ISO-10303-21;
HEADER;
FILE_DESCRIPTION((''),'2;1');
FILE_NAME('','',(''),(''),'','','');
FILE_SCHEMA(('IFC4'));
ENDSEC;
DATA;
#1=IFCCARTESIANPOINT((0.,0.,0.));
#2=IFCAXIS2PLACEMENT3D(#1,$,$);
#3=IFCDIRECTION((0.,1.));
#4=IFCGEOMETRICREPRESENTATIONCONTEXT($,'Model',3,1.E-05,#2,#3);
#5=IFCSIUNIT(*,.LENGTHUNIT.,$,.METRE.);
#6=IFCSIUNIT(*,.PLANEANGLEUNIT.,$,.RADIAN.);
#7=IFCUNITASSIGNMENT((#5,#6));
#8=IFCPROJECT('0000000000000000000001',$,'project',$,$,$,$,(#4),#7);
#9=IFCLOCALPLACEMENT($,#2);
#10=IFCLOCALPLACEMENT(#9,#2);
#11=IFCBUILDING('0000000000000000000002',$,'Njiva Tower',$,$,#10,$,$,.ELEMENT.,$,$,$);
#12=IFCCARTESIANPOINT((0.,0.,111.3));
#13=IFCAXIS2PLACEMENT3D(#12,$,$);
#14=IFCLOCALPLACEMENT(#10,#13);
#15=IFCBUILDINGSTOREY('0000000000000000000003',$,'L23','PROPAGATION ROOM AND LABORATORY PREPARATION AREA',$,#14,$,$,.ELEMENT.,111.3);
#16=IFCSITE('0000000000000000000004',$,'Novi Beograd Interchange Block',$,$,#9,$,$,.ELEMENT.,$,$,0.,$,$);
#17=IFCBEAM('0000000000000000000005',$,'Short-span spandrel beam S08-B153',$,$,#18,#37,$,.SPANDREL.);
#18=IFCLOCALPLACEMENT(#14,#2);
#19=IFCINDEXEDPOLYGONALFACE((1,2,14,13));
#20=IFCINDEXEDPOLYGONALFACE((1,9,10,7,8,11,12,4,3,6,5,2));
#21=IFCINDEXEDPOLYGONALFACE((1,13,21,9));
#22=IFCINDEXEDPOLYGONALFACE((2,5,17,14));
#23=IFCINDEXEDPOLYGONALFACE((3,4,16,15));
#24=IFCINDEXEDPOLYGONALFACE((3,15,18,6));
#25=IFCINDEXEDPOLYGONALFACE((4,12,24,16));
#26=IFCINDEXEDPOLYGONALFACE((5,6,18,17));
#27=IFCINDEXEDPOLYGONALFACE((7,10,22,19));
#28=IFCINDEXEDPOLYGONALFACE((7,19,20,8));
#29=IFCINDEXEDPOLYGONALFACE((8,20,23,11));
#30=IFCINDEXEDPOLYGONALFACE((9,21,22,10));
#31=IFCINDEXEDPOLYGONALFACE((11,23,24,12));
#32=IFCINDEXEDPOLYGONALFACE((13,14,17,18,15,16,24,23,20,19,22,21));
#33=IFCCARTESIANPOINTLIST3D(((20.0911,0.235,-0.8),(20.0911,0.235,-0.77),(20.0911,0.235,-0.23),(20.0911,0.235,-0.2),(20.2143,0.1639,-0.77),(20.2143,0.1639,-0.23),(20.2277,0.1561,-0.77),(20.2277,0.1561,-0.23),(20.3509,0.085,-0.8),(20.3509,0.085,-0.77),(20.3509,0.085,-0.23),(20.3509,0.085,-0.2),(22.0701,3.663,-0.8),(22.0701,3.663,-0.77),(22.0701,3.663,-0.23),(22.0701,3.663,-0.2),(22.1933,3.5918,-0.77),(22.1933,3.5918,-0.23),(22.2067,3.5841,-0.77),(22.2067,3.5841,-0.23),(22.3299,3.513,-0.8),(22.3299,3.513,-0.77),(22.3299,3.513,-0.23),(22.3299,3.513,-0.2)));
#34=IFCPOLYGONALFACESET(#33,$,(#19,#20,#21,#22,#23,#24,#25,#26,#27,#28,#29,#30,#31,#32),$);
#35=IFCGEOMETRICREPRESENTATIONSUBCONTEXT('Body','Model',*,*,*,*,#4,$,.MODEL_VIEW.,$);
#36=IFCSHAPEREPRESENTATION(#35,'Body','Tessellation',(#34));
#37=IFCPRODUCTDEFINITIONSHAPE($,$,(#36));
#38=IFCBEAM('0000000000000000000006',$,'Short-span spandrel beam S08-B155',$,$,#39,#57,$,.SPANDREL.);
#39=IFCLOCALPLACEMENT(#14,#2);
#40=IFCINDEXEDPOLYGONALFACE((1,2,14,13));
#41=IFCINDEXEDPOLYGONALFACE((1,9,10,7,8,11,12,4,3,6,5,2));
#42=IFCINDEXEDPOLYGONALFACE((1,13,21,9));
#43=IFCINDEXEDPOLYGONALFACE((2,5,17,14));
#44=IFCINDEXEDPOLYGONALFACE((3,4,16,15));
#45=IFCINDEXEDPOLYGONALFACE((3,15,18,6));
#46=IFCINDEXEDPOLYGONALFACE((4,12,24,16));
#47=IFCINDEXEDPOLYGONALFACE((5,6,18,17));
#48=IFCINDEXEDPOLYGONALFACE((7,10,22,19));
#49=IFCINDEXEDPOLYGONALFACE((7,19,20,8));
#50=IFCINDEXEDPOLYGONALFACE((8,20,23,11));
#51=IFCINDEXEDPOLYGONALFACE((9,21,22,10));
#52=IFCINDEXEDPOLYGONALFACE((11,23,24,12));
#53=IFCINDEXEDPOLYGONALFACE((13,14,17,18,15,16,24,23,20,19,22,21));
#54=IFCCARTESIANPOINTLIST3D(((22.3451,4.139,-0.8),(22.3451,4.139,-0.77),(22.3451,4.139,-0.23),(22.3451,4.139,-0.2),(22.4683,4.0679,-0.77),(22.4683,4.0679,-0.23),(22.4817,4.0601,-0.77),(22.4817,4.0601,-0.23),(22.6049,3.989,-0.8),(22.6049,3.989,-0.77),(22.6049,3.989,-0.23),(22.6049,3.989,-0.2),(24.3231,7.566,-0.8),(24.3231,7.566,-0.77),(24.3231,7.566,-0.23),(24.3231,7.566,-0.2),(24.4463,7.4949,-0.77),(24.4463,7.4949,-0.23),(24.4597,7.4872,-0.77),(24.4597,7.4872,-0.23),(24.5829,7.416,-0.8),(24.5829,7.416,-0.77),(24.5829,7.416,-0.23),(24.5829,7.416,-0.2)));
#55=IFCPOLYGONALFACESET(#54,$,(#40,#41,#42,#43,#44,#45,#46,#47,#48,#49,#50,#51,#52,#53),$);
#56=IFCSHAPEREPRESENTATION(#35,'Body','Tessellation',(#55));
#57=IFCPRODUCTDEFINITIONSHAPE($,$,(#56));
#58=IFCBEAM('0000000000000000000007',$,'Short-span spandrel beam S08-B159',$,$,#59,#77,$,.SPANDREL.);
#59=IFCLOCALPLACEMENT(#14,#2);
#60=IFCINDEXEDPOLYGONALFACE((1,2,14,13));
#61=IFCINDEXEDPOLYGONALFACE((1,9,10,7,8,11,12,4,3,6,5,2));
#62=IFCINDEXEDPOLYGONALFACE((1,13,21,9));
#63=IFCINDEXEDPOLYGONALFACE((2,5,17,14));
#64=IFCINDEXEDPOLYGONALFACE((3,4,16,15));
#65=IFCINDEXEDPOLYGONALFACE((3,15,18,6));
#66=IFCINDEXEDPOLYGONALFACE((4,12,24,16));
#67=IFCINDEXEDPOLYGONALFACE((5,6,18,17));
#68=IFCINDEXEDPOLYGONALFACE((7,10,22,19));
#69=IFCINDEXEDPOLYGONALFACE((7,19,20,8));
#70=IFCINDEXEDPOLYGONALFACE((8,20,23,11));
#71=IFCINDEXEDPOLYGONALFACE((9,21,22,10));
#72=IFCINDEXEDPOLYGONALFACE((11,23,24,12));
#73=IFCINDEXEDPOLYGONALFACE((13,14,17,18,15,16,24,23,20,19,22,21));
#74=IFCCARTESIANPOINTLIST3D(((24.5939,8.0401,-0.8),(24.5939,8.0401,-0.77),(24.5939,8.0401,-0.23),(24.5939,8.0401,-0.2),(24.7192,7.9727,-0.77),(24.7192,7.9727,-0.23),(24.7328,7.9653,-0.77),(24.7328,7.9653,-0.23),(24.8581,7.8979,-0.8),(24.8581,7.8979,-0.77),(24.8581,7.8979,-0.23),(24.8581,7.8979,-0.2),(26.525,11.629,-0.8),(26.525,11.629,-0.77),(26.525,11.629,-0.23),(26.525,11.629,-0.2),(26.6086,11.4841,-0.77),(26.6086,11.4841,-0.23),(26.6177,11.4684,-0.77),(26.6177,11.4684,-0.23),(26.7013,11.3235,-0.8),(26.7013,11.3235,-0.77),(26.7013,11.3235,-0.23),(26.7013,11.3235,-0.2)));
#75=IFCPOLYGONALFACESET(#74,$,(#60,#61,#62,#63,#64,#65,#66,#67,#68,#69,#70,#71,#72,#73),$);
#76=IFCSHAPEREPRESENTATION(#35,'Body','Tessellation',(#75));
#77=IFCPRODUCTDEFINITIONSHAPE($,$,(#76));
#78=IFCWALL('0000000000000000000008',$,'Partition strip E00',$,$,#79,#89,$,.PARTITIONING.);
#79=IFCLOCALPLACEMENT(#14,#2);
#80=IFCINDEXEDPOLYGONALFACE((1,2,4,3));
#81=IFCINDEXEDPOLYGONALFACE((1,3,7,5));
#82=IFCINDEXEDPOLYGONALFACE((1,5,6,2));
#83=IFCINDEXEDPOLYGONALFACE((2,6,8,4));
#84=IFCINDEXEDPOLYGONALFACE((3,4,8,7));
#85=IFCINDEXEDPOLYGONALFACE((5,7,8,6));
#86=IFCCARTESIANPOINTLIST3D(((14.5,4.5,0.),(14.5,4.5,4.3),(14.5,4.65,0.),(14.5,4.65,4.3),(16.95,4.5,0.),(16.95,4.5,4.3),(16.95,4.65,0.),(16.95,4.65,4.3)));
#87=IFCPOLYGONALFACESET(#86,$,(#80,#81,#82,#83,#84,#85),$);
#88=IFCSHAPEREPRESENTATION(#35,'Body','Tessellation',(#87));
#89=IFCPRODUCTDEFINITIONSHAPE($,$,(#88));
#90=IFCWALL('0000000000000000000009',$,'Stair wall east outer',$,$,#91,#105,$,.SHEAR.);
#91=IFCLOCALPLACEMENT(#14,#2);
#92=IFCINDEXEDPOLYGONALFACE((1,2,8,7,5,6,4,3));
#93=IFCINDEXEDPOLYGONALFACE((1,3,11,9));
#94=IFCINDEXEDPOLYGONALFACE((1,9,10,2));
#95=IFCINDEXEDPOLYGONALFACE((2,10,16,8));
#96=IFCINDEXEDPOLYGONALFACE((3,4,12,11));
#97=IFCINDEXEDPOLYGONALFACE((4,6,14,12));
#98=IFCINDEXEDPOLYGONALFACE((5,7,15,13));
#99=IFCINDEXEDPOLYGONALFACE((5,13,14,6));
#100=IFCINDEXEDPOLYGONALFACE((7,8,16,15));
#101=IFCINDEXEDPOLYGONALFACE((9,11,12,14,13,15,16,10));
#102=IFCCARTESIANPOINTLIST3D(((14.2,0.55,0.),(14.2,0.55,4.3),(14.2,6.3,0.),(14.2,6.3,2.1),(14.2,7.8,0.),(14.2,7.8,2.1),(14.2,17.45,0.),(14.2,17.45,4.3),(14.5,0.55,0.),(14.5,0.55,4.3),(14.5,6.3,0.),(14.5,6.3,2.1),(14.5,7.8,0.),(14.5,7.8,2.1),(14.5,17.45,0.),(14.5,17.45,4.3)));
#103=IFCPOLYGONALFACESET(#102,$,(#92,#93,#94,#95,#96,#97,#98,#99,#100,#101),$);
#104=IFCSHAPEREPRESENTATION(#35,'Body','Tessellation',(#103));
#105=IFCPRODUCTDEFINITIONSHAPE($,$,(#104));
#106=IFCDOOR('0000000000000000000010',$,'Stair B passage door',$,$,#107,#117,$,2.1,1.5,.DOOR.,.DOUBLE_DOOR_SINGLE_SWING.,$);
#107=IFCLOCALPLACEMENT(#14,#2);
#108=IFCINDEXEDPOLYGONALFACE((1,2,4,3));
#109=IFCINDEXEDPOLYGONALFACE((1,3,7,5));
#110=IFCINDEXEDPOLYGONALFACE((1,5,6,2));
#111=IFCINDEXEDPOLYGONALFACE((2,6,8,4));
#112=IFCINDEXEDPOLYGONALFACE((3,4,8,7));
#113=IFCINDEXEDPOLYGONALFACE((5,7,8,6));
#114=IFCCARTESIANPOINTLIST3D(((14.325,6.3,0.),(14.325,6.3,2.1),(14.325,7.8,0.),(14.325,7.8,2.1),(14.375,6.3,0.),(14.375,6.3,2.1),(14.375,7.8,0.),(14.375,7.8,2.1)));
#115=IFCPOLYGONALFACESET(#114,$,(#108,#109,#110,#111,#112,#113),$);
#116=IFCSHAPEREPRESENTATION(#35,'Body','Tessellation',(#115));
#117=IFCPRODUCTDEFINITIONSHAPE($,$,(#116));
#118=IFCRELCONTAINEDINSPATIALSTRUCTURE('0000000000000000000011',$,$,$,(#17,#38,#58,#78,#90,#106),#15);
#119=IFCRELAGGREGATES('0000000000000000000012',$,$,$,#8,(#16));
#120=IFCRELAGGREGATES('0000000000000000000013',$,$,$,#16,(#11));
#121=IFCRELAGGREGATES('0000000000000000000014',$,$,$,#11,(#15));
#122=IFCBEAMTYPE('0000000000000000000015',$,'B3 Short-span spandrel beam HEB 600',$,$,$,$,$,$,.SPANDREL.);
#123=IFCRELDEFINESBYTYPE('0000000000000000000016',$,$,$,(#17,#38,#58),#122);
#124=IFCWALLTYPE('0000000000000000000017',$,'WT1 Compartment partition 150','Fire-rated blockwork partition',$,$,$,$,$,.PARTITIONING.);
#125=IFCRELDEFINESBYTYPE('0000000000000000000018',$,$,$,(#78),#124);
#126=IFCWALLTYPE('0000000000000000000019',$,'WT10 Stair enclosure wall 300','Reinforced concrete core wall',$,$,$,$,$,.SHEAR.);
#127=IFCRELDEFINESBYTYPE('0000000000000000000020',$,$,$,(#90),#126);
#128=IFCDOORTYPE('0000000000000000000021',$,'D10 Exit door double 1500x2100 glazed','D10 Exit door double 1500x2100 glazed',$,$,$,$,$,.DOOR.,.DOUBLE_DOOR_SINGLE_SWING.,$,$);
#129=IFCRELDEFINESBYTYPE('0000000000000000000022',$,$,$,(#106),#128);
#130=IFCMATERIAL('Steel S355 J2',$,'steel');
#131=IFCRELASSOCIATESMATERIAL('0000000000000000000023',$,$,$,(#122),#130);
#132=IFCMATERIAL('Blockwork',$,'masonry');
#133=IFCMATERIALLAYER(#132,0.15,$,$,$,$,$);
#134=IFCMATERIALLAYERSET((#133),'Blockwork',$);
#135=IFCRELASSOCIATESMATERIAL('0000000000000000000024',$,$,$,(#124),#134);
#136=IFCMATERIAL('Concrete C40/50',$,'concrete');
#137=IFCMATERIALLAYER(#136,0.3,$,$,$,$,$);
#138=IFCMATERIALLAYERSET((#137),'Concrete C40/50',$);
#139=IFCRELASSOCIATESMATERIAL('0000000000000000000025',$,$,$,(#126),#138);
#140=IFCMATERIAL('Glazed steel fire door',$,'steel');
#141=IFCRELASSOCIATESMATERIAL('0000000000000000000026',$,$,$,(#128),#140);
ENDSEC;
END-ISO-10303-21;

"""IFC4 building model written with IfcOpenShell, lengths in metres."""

from ifc_helpers import new_model, si_unit, direction, frame, frame_2d, origin, origin_2d, place, context, subcontext, project, spatial, rectangle, i_section, extrude, clip, halfspace, material, layer, layer_set, material_profile, profile_set, type_object, element, fill, save


model = new_model("IFC4")

# Units and contexts
model_context = context("Model", 3, precision=1e-05, world=origin(), true_north=direction((0.0, 1.0)))
body_context = subcontext(model_context, "Body", "Model", "MODEL_VIEW")
ifc_project = project(units=[si_unit("LENGTHUNIT", "METRE"), si_unit("PLANEANGLEUNIT", "RADIAN")], contexts=[model_context])

# Site, building, storey
site_placement = place(None, origin())
site = spatial("IfcSite", under=ifc_project, at=site_placement, Name="Novi Beograd Interchange Block", CompositionType="ELEMENT", RefElevation=0.0)
building_placement = place(site_placement, origin())
building = spatial("IfcBuilding", under=site, at=building_placement, Name="Njiva Tower", CompositionType="ELEMENT")
storey_placement = place(building_placement, frame((0.0, 0.0, 111.3)))
storey = spatial("IfcBuildingStorey", under=building, at=storey_placement, Name="L23", Description="PROPAGATION ROOM AND LABORATORY PREPARATION AREA", CompositionType="ELEMENT", Elevation=111.3)

# Shared definitions
ifc_material_1 = material(Name="Steel S355 J2", Category="steel")

# Beams
ifc_material_profile_1 = material_profile(ifc_material_1, i_section(OverallWidth=0.3, OverallDepth=0.6, WebThickness=0.0155, FlangeThickness=0.03, at=origin_2d()), Name="HEB 600")
ifc_profile_set_1 = profile_set([ifc_material_profile_1], Name="Steel S355 J2")
beam_type_1 = type_object("IfcBeamType", Name="B3 Short-span spandrel beam HEB 600", PredefinedType="SPANDREL", material=ifc_profile_set_1)
beam_1_placement = place(storey_placement, frame((20.221, 0.16, -0.5), z_axis=(0.49997, 0.866043, 0.0), x_axis=(-0.866043, 0.49997, 0.0)))
element("IfcBeam", 1, at=beam_1_placement, inside=storey, type_object=beam_type_1, Name="Short-span spandrel beam S08-B153", PredefinedType="SPANDREL", context=body_context, shape_type="SweptSolid", body=[
    extrude(i_section(OverallWidth=0.3, OverallDepth=0.6, WebThickness=0.0155, FlangeThickness=0.03, at=origin_2d()), origin(), (0.0, 0.0, 1.0), 3.9582),
])
beam_2_placement = place(storey_placement, frame((22.475, 4.064, -0.5), z_axis=(0.49989, 0.866089, 0.0), x_axis=(-0.866089, 0.49989, 0.0)))
element("IfcBeam", 2, at=beam_2_placement, inside=storey, type_object=beam_type_1, Name="Short-span spandrel beam S08-B155", PredefinedType="SPANDREL", context=body_context, shape_type="SweptSolid", body=[
    extrude(i_section(OverallWidth=0.3, OverallDepth=0.6, WebThickness=0.0155, FlangeThickness=0.03, at=origin_2d()), origin(), (0.0, 0.0, 1.0), 3.9569),
])
beam_3_placement = place(storey_placement, frame((24.726, 7.969, -0.5), z_axis=(0.47383, 0.880616, 0.0), x_axis=(-0.880616, 0.47383, 0.0)))
element("IfcBeam", 3, at=beam_3_placement, inside=storey, type_object=beam_type_1, Name="Short-span spandrel beam S08-B159", PredefinedType="SPANDREL", context=body_context, shape_type="Clipping", body=[
    clip(extrude(i_section(OverallWidth=0.3, OverallDepth=0.6, WebThickness=0.0155, FlangeThickness=0.03, at=origin_2d()), origin(), (0.0, 0.0, 1.0), 4.0954), halfspace(frame((-0.0261, 0.0, 3.9666), z_axis=(-0.525723, 0.0, 0.850656), x_axis=(0.0, 1.0, 0.0)), False)),
])

# Wall
ifc_material_2 = material(Name="Blockwork", Category="masonry")
ifc_layer_1 = layer(ifc_material_2, 0.15)
ifc_layer_set_1 = layer_set([ifc_layer_1], Name="Blockwork")
wall_type_1 = type_object("IfcWallType", Name="WT1 Compartment partition 150", Description="Fire-rated blockwork partition", PredefinedType="PARTITIONING", material=ifc_layer_set_1)
wall_1_placement = place(storey_placement, frame((14.5, 4.575, 0.0), z_axis=(0.0, 0.0, 1.0), x_axis=(1.0, 0.0, 0.0)))
element("IfcWall", 4, at=wall_1_placement, inside=storey, type_object=wall_type_1, Name="Partition strip E00", PredefinedType="PARTITIONING", context=body_context, shape_type="SweptSolid", body=[
    extrude(rectangle(XDim=2.45, YDim=0.15, at=frame_2d((1.225, 0.0))), origin(), (0.0, 0.0, 1.0), 4.3),
])

# Wall, opening, door
ifc_material_3 = material(Name="Concrete C40/50", Category="concrete")
ifc_layer_2 = layer(ifc_material_3, 0.3)
ifc_layer_set_2 = layer_set([ifc_layer_2], Name="Concrete C40/50")
wall_type_2 = type_object("IfcWallType", Name="WT10 Stair enclosure wall 300", Description="Reinforced concrete core wall", PredefinedType="SHEAR", material=ifc_layer_set_2)
wall_2_placement = place(storey_placement, frame((14.35, 0.55, 0.0), z_axis=(0.0, 0.0, 1.0), x_axis=(0.0, 1.0, 0.0)))
wall_2 = element("IfcWall", 5, at=wall_2_placement, inside=storey, type_object=wall_type_2, Name="Stair wall east outer", PredefinedType="SHEAR", context=body_context, shape_type="SweptSolid", body=[
    extrude(rectangle(XDim=16.9, YDim=0.3, at=frame_2d((8.45, 0.0))), origin(), (0.0, 0.0, 1.0), 4.3),
])
opening_1_placement = place(wall_2_placement, frame((5.75, 0.0, 0.0)))
opening_1 = element("IfcOpeningElement", 6, at=opening_1_placement, cuts=wall_2, PredefinedType="OPENING", context=body_context, shape_type="SweptSolid", body=[
    extrude(rectangle(XDim=1.5, YDim=2.1, at=frame_2d((0.75, 1.05))), frame((0.0, 0.16, 0.0), z_axis=(0.0, -1.0, 0.0), x_axis=(1.0, 0.0, 0.0)), (0.0, 0.0, 1.0), 0.32),
])
ifc_material_4 = material(Name="Glazed steel fire door", Category="steel")
door_type_1 = type_object("IfcDoorType", Name="D10 Exit door double 1500x2100 glazed", Description="D10 Exit door double 1500x2100 glazed", OperationType="DOUBLE_DOOR_SINGLE_SWING", PredefinedType="DOOR", material=ifc_material_4)
door_1_placement = place(opening_1_placement, origin())
door_1 = element("IfcDoor", 7, at=door_1_placement, inside=storey, type_object=door_type_1, Name="Stair B passage door", OperationType="DOUBLE_DOOR_SINGLE_SWING", OverallHeight=2.1, OverallWidth=1.5, PredefinedType="DOOR", context=body_context, shape_type="SweptSolid", body=[
    extrude(rectangle(XDim=1.5, YDim=2.1, at=frame_2d((0.75, 1.05))), frame((0.0, 0.025, 0.0), z_axis=(0.0, -1.0, 0.0), x_axis=(1.0, 0.0, 0.0)), (0.0, 0.0, 1.0), 0.05),
])
fill(opening_1, door_1)

save(model, "model.ifc")
